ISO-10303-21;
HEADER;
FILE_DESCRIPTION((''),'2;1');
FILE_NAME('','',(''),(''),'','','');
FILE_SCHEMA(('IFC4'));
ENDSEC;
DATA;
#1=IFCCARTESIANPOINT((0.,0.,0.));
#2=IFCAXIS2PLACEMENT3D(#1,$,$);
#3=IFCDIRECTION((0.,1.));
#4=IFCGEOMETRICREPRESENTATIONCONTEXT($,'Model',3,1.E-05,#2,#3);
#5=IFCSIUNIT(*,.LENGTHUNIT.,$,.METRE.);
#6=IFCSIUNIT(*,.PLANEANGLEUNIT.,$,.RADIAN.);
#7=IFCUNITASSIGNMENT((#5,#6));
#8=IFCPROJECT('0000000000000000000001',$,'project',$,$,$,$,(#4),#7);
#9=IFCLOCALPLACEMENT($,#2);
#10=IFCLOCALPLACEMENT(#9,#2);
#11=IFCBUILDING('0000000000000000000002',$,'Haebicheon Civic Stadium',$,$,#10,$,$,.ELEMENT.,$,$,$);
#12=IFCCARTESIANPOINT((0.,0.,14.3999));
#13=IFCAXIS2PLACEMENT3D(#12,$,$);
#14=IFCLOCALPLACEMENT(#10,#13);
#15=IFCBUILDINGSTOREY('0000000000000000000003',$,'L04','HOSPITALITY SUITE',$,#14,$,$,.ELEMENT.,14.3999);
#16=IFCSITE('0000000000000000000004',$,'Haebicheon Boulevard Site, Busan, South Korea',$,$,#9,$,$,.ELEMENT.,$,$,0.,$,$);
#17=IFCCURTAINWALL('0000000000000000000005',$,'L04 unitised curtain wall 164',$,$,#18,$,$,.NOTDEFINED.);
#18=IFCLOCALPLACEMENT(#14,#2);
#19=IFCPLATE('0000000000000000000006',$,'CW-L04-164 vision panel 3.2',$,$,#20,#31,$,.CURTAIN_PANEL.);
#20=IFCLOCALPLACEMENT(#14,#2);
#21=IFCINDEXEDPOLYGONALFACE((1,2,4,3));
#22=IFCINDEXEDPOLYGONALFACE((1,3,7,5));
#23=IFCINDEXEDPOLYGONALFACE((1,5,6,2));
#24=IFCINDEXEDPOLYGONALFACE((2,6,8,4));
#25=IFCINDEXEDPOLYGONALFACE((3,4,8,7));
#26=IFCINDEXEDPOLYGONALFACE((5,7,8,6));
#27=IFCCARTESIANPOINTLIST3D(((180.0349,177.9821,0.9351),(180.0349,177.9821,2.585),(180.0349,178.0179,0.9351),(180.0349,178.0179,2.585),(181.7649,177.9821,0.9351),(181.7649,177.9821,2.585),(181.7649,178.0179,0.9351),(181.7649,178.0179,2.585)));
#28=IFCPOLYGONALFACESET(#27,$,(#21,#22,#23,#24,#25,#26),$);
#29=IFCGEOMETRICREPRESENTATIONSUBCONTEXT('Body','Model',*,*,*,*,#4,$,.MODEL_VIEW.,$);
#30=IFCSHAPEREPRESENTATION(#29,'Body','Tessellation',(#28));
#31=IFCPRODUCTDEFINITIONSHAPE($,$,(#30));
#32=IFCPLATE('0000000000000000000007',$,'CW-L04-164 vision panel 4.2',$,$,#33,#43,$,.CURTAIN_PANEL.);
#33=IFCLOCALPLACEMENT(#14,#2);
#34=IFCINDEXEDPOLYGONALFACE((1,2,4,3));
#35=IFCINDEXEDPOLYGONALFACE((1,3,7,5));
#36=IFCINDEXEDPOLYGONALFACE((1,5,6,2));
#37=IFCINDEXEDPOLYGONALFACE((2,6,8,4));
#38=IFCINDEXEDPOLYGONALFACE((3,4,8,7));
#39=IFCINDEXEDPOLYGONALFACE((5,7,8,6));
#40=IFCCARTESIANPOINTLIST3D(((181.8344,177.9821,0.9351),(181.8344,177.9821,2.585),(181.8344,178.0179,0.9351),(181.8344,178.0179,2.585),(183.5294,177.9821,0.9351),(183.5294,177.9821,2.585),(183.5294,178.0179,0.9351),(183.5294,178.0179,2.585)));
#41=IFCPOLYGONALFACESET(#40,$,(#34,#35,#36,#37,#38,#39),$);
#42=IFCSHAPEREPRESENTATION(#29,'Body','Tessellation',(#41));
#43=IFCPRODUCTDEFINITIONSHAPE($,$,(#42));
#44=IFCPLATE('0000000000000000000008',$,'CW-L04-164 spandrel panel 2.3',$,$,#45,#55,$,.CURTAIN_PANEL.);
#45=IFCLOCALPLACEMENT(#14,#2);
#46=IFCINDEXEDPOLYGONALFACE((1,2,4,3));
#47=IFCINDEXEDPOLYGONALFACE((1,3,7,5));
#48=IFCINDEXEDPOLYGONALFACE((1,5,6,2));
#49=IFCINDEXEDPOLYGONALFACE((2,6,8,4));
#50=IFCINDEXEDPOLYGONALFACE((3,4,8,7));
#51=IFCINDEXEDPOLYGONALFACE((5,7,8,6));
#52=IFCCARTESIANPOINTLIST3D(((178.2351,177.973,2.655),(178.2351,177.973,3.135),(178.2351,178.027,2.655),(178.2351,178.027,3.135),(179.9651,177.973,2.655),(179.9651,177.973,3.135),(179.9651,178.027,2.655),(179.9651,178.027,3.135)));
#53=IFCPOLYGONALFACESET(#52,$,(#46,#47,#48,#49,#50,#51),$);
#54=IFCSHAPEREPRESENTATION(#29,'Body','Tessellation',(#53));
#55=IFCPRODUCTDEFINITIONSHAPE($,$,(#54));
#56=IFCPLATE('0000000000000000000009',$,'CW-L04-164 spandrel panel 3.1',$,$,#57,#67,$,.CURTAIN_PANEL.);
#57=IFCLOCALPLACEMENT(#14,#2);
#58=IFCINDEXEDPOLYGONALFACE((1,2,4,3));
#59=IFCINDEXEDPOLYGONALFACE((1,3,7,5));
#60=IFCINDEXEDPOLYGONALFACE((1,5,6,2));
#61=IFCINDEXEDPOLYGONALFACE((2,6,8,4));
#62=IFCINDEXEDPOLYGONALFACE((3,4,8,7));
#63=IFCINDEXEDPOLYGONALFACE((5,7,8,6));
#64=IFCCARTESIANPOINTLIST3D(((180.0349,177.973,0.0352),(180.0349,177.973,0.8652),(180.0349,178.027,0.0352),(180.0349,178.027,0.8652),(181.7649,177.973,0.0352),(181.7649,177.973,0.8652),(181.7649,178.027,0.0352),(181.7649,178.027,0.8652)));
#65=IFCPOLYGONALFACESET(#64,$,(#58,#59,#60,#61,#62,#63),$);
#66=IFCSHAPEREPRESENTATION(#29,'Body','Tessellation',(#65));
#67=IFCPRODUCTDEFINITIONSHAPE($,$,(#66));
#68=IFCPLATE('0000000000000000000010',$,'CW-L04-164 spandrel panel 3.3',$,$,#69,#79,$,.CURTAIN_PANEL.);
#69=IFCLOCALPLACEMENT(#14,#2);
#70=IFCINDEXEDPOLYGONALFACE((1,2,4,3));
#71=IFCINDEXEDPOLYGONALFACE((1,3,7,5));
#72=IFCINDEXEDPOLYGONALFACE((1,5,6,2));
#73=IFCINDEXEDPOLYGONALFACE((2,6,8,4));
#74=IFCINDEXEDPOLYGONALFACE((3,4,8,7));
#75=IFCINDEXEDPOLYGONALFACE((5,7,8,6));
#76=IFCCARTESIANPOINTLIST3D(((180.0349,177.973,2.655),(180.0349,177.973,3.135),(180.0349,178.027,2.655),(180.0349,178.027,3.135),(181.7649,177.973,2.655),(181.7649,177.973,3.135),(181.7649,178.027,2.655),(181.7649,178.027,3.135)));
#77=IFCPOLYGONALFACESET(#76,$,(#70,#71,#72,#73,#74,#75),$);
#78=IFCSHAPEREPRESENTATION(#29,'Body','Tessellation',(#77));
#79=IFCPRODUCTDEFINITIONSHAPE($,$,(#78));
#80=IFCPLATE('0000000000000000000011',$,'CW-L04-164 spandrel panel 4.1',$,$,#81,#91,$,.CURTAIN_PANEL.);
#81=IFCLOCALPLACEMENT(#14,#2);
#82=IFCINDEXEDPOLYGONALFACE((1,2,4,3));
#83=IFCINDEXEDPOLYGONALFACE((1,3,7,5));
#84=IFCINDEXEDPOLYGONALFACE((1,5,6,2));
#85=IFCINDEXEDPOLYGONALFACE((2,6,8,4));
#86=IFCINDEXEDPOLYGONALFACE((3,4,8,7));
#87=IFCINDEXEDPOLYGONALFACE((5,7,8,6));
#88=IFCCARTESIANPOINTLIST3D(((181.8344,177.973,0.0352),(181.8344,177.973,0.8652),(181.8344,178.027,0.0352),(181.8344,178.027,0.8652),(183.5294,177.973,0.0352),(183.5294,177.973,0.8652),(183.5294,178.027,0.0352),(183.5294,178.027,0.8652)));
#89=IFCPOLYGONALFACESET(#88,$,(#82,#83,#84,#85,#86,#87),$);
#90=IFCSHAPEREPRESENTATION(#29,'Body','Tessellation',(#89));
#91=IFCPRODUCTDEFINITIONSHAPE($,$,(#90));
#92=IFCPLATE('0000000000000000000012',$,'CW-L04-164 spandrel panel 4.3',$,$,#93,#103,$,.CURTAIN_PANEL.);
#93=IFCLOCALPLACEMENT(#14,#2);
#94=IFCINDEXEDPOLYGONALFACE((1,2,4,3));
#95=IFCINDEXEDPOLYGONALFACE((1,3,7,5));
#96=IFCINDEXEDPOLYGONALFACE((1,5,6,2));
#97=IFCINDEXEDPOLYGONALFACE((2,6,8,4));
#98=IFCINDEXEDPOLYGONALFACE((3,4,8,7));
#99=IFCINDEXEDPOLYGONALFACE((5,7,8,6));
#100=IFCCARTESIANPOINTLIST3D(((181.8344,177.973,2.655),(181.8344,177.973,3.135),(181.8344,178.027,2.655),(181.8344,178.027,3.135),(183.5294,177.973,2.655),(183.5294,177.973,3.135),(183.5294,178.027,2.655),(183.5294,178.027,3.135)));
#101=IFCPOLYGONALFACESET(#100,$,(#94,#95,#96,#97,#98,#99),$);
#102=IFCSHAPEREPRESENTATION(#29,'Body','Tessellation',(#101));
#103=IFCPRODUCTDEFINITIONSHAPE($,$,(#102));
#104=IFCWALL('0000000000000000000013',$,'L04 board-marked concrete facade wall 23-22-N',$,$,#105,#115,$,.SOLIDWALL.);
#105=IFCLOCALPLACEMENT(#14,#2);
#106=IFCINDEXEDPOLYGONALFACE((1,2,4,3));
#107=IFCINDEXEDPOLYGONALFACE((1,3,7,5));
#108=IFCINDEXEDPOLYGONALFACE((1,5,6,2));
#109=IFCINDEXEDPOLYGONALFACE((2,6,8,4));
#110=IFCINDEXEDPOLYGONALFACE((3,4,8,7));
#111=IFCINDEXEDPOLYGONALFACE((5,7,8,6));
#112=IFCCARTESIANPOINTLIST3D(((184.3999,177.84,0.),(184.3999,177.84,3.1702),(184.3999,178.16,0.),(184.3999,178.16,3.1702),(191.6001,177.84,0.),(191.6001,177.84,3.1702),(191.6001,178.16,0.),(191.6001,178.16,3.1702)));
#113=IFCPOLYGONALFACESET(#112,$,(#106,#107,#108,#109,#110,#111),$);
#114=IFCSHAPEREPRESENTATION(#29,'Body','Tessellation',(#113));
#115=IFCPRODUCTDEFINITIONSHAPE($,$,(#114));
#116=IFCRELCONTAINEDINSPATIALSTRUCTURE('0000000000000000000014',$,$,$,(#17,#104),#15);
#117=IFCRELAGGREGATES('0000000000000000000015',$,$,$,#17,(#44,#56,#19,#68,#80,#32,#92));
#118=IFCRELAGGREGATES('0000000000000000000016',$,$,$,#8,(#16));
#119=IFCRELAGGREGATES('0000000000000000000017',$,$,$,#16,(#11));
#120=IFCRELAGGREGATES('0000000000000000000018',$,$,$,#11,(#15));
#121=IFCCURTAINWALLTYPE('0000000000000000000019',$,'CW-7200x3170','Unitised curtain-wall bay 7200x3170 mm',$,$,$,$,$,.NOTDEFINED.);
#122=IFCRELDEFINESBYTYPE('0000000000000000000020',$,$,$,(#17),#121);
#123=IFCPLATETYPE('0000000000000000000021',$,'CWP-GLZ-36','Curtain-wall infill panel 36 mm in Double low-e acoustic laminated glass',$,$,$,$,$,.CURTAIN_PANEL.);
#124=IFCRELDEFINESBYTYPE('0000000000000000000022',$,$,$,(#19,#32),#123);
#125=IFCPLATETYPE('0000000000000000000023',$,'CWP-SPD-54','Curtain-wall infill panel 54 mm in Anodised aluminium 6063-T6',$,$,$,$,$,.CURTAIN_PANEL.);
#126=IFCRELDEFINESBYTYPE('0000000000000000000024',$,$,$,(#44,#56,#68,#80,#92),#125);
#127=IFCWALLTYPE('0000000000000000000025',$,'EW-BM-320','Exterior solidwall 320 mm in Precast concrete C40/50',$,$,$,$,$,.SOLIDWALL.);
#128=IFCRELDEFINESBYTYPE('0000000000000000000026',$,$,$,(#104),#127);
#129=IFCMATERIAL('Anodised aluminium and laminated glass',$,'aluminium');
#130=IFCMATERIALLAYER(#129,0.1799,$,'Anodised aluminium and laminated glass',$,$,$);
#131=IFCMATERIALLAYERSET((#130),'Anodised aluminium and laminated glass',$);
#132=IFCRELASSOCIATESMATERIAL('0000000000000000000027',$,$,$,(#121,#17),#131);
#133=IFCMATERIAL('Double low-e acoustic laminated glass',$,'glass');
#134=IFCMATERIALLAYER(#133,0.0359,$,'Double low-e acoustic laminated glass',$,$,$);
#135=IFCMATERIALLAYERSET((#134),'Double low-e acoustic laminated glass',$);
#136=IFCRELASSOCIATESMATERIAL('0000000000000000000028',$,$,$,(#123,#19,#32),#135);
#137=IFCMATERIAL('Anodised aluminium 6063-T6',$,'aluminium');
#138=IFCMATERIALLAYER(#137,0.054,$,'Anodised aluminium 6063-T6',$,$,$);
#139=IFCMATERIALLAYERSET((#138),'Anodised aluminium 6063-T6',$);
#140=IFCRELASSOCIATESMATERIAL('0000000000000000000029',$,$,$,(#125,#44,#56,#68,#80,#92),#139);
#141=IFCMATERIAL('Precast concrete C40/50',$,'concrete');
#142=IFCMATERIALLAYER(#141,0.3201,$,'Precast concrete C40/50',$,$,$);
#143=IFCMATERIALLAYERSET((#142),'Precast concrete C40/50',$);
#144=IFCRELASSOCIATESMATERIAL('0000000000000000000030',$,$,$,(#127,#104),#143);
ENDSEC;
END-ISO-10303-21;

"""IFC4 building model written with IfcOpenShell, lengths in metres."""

from ifc_helpers import new_model, si_unit, direction, frame, frame_2d, origin, origin_2d, place, context, subcontext, project, spatial, rectangle, extrude, material, layer, layer_set, type_object, element, aggregate, save


model = new_model("IFC4")

# Units and contexts
model_context = context("Model", 3, precision=1e-05, world=origin(), true_north=direction((0.0, 1.0)))
body_context = subcontext(model_context, "Body", "Model", "MODEL_VIEW")
ifc_project = project(units=[si_unit("LENGTHUNIT", "METRE"), si_unit("PLANEANGLEUNIT", "RADIAN")], contexts=[model_context])

# Site, building, storey
site_placement = place(None, origin())
site = spatial("IfcSite", under=ifc_project, at=site_placement, Name="Haebicheon Boulevard Site, Busan, South Korea", CompositionType="ELEMENT", RefElevation=0.0)
building_placement = place(site_placement, origin())
building = spatial("IfcBuilding", under=site, at=building_placement, Name="Haebicheon Civic Stadium", CompositionType="ELEMENT")
storey_placement = place(building_placement, frame((0.0, 0.0, 14.3999)))
storey = spatial("IfcBuildingStorey", under=building, at=storey_placement, Name="L04", Description="HOSPITALITY SUITE", CompositionType="ELEMENT", Elevation=14.3999)

# Curtain wall
ifc_material_1 = material(Name="Anodised aluminium and laminated glass", Category="aluminium")
ifc_layer_1 = layer(ifc_material_1, 0.1799, Name="Anodised aluminium and laminated glass")
ifc_layer_set_1 = layer_set([ifc_layer_1], Name="Anodised aluminium and laminated glass")
curtain_wall_type = type_object("IfcCurtainWallType", Name="CW-7200x3170", Description="Unitised curtain-wall bay 7200x3170 mm", PredefinedType="NOTDEFINED", material=ifc_layer_set_1)
curtain_wall_placement = place(storey_placement, origin())
curtain_wall = element("IfcCurtainWall", 1, at=curtain_wall_placement, inside=storey, type_object=curtain_wall_type, material=ifc_layer_set_1, Name="L04 unitised curtain wall 164", PredefinedType="NOTDEFINED")

# Plates
ifc_material_2 = material(Name="Double low-e acoustic laminated glass", Category="glass")
ifc_layer_2 = layer(ifc_material_2, 0.0359, Name="Double low-e acoustic laminated glass")
ifc_layer_set_2 = layer_set([ifc_layer_2], Name="Double low-e acoustic laminated glass")
plate_type_1 = type_object("IfcPlateType", Name="CWP-GLZ-36", Description="Curtain-wall infill panel 36 mm in Double low-e acoustic laminated glass", PredefinedType="CURTAIN_PANEL", material=ifc_layer_set_2)
plate_1_placement = place(storey_placement, frame((180.8999, 178.0, 0.9351), z_axis=(0.0, 0.0, 1.0), x_axis=(1.0, 0.0, 0.0)))
plate_1 = element("IfcPlate", 2, at=plate_1_placement, type_object=plate_type_1, material=ifc_layer_set_2, Name="CW-L04-164 vision panel 3.2", PredefinedType="CURTAIN_PANEL", context=body_context, shape_type="SweptSolid", body=[
    extrude(rectangle(XDim=1.73, YDim=0.0359, at=origin_2d()), origin(), (0.0, 0.0, 1.0), 1.6499),
])
plate_2_placement = place(storey_placement, frame((182.6819, 178.0, 0.9351), z_axis=(0.0, 0.0, 1.0), x_axis=(1.0, 0.0, 0.0)))
plate_2 = element("IfcPlate", 3, at=plate_2_placement, type_object=plate_type_1, material=ifc_layer_set_2, Name="CW-L04-164 vision panel 4.2", PredefinedType="CURTAIN_PANEL", context=body_context, shape_type="SweptSolid", body=[
    extrude(rectangle(XDim=1.6951, YDim=0.0359, at=origin_2d()), origin(), (0.0, 0.0, 1.0), 1.6499),
])
ifc_material_3 = material(Name="Anodised aluminium 6063-T6", Category="aluminium")
ifc_layer_3 = layer(ifc_material_3, 0.054, Name="Anodised aluminium 6063-T6")
ifc_layer_set_3 = layer_set([ifc_layer_3], Name="Anodised aluminium 6063-T6")
plate_type_2 = type_object("IfcPlateType", Name="CWP-SPD-54", Description="Curtain-wall infill panel 54 mm in Anodised aluminium 6063-T6", PredefinedType="CURTAIN_PANEL", material=ifc_layer_set_3)
plate_3_placement = place(storey_placement, frame((179.1001, 178.0, 2.655), z_axis=(0.0, 0.0, 1.0), x_axis=(1.0, 0.0, 0.0)))
plate_3 = element("IfcPlate", 4, at=plate_3_placement, type_object=plate_type_2, material=ifc_layer_set_3, Name="CW-L04-164 spandrel panel 2.3", PredefinedType="CURTAIN_PANEL", context=body_context, shape_type="SweptSolid", body=[
    extrude(rectangle(XDim=1.73, YDim=0.054, at=origin_2d()), origin(), (0.0, 0.0, 1.0), 0.48),
])
plate_4_placement = place(storey_placement, frame((180.8999, 178.0, 0.0352), z_axis=(0.0, 0.0, 1.0), x_axis=(1.0, 0.0, 0.0)))
plate_4 = element("IfcPlate", 5, at=plate_4_placement, type_object=plate_type_2, material=ifc_layer_set_3, Name="CW-L04-164 spandrel panel 3.1", PredefinedType="CURTAIN_PANEL", context=body_context, shape_type="SweptSolid", body=[
    extrude(rectangle(XDim=1.73, YDim=0.054, at=origin_2d()), origin(), (0.0, 0.0, 1.0), 0.8301),
])
plate_5_placement = place(storey_placement, frame((180.8999, 178.0, 2.655), z_axis=(0.0, 0.0, 1.0), x_axis=(1.0, 0.0, 0.0)))
plate_5 = element("IfcPlate", 6, at=plate_5_placement, type_object=plate_type_2, material=ifc_layer_set_3, Name="CW-L04-164 spandrel panel 3.3", PredefinedType="CURTAIN_PANEL", context=body_context, shape_type="SweptSolid", body=[
    extrude(rectangle(XDim=1.73, YDim=0.054, at=origin_2d()), origin(), (0.0, 0.0, 1.0), 0.48),
])
plate_6_placement = place(storey_placement, frame((182.6819, 178.0, 0.0352), z_axis=(0.0, 0.0, 1.0), x_axis=(1.0, 0.0, 0.0)))
plate_6 = element("IfcPlate", 7, at=plate_6_placement, type_object=plate_type_2, material=ifc_layer_set_3, Name="CW-L04-164 spandrel panel 4.1", PredefinedType="CURTAIN_PANEL", context=body_context, shape_type="SweptSolid", body=[
    extrude(rectangle(XDim=1.6951, YDim=0.054, at=origin_2d()), origin(), (0.0, 0.0, 1.0), 0.8301),
])
plate_7_placement = place(storey_placement, frame((182.6819, 178.0, 2.655), z_axis=(0.0, 0.0, 1.0), x_axis=(1.0, 0.0, 0.0)))
plate_7 = element("IfcPlate", 8, at=plate_7_placement, type_object=plate_type_2, material=ifc_layer_set_3, Name="CW-L04-164 spandrel panel 4.3", PredefinedType="CURTAIN_PANEL", context=body_context, shape_type="SweptSolid", body=[
    extrude(rectangle(XDim=1.6951, YDim=0.054, at=origin_2d()), origin(), (0.0, 0.0, 1.0), 0.48),
])
aggregate(curtain_wall, [plate_3, plate_4, plate_1, plate_5, plate_6, plate_2, plate_7])

# Wall
ifc_material_4 = material(Name="Precast concrete C40/50", Category="concrete")
ifc_layer_4 = layer(ifc_material_4, 0.3201, Name="Precast concrete C40/50")
ifc_layer_set_4 = layer_set([ifc_layer_4], Name="Precast concrete C40/50")
wall_type = type_object("IfcWallType", Name="EW-BM-320", Description="Exterior solidwall 320 mm in Precast concrete C40/50", PredefinedType="SOLIDWALL", material=ifc_layer_set_4)
wall_placement = place(storey_placement, frame((184.3999, 178.0, 0.0), z_axis=(0.0, 0.0, 1.0), x_axis=(1.0, 0.0, 0.0)))
element("IfcWall", 9, at=wall_placement, inside=storey, type_object=wall_type, material=ifc_layer_set_4, Name="L04 board-marked concrete facade wall 23-22-N", PredefinedType="SOLIDWALL", context=body_context, shape_type="SweptSolid", body=[
    extrude(rectangle(XDim=7.2002, YDim=0.3201, at=frame_2d((3.6001, 0.0))), origin(), (0.0, 0.0, 1.0), 3.1702),
])

save(model, "model.ifc")
